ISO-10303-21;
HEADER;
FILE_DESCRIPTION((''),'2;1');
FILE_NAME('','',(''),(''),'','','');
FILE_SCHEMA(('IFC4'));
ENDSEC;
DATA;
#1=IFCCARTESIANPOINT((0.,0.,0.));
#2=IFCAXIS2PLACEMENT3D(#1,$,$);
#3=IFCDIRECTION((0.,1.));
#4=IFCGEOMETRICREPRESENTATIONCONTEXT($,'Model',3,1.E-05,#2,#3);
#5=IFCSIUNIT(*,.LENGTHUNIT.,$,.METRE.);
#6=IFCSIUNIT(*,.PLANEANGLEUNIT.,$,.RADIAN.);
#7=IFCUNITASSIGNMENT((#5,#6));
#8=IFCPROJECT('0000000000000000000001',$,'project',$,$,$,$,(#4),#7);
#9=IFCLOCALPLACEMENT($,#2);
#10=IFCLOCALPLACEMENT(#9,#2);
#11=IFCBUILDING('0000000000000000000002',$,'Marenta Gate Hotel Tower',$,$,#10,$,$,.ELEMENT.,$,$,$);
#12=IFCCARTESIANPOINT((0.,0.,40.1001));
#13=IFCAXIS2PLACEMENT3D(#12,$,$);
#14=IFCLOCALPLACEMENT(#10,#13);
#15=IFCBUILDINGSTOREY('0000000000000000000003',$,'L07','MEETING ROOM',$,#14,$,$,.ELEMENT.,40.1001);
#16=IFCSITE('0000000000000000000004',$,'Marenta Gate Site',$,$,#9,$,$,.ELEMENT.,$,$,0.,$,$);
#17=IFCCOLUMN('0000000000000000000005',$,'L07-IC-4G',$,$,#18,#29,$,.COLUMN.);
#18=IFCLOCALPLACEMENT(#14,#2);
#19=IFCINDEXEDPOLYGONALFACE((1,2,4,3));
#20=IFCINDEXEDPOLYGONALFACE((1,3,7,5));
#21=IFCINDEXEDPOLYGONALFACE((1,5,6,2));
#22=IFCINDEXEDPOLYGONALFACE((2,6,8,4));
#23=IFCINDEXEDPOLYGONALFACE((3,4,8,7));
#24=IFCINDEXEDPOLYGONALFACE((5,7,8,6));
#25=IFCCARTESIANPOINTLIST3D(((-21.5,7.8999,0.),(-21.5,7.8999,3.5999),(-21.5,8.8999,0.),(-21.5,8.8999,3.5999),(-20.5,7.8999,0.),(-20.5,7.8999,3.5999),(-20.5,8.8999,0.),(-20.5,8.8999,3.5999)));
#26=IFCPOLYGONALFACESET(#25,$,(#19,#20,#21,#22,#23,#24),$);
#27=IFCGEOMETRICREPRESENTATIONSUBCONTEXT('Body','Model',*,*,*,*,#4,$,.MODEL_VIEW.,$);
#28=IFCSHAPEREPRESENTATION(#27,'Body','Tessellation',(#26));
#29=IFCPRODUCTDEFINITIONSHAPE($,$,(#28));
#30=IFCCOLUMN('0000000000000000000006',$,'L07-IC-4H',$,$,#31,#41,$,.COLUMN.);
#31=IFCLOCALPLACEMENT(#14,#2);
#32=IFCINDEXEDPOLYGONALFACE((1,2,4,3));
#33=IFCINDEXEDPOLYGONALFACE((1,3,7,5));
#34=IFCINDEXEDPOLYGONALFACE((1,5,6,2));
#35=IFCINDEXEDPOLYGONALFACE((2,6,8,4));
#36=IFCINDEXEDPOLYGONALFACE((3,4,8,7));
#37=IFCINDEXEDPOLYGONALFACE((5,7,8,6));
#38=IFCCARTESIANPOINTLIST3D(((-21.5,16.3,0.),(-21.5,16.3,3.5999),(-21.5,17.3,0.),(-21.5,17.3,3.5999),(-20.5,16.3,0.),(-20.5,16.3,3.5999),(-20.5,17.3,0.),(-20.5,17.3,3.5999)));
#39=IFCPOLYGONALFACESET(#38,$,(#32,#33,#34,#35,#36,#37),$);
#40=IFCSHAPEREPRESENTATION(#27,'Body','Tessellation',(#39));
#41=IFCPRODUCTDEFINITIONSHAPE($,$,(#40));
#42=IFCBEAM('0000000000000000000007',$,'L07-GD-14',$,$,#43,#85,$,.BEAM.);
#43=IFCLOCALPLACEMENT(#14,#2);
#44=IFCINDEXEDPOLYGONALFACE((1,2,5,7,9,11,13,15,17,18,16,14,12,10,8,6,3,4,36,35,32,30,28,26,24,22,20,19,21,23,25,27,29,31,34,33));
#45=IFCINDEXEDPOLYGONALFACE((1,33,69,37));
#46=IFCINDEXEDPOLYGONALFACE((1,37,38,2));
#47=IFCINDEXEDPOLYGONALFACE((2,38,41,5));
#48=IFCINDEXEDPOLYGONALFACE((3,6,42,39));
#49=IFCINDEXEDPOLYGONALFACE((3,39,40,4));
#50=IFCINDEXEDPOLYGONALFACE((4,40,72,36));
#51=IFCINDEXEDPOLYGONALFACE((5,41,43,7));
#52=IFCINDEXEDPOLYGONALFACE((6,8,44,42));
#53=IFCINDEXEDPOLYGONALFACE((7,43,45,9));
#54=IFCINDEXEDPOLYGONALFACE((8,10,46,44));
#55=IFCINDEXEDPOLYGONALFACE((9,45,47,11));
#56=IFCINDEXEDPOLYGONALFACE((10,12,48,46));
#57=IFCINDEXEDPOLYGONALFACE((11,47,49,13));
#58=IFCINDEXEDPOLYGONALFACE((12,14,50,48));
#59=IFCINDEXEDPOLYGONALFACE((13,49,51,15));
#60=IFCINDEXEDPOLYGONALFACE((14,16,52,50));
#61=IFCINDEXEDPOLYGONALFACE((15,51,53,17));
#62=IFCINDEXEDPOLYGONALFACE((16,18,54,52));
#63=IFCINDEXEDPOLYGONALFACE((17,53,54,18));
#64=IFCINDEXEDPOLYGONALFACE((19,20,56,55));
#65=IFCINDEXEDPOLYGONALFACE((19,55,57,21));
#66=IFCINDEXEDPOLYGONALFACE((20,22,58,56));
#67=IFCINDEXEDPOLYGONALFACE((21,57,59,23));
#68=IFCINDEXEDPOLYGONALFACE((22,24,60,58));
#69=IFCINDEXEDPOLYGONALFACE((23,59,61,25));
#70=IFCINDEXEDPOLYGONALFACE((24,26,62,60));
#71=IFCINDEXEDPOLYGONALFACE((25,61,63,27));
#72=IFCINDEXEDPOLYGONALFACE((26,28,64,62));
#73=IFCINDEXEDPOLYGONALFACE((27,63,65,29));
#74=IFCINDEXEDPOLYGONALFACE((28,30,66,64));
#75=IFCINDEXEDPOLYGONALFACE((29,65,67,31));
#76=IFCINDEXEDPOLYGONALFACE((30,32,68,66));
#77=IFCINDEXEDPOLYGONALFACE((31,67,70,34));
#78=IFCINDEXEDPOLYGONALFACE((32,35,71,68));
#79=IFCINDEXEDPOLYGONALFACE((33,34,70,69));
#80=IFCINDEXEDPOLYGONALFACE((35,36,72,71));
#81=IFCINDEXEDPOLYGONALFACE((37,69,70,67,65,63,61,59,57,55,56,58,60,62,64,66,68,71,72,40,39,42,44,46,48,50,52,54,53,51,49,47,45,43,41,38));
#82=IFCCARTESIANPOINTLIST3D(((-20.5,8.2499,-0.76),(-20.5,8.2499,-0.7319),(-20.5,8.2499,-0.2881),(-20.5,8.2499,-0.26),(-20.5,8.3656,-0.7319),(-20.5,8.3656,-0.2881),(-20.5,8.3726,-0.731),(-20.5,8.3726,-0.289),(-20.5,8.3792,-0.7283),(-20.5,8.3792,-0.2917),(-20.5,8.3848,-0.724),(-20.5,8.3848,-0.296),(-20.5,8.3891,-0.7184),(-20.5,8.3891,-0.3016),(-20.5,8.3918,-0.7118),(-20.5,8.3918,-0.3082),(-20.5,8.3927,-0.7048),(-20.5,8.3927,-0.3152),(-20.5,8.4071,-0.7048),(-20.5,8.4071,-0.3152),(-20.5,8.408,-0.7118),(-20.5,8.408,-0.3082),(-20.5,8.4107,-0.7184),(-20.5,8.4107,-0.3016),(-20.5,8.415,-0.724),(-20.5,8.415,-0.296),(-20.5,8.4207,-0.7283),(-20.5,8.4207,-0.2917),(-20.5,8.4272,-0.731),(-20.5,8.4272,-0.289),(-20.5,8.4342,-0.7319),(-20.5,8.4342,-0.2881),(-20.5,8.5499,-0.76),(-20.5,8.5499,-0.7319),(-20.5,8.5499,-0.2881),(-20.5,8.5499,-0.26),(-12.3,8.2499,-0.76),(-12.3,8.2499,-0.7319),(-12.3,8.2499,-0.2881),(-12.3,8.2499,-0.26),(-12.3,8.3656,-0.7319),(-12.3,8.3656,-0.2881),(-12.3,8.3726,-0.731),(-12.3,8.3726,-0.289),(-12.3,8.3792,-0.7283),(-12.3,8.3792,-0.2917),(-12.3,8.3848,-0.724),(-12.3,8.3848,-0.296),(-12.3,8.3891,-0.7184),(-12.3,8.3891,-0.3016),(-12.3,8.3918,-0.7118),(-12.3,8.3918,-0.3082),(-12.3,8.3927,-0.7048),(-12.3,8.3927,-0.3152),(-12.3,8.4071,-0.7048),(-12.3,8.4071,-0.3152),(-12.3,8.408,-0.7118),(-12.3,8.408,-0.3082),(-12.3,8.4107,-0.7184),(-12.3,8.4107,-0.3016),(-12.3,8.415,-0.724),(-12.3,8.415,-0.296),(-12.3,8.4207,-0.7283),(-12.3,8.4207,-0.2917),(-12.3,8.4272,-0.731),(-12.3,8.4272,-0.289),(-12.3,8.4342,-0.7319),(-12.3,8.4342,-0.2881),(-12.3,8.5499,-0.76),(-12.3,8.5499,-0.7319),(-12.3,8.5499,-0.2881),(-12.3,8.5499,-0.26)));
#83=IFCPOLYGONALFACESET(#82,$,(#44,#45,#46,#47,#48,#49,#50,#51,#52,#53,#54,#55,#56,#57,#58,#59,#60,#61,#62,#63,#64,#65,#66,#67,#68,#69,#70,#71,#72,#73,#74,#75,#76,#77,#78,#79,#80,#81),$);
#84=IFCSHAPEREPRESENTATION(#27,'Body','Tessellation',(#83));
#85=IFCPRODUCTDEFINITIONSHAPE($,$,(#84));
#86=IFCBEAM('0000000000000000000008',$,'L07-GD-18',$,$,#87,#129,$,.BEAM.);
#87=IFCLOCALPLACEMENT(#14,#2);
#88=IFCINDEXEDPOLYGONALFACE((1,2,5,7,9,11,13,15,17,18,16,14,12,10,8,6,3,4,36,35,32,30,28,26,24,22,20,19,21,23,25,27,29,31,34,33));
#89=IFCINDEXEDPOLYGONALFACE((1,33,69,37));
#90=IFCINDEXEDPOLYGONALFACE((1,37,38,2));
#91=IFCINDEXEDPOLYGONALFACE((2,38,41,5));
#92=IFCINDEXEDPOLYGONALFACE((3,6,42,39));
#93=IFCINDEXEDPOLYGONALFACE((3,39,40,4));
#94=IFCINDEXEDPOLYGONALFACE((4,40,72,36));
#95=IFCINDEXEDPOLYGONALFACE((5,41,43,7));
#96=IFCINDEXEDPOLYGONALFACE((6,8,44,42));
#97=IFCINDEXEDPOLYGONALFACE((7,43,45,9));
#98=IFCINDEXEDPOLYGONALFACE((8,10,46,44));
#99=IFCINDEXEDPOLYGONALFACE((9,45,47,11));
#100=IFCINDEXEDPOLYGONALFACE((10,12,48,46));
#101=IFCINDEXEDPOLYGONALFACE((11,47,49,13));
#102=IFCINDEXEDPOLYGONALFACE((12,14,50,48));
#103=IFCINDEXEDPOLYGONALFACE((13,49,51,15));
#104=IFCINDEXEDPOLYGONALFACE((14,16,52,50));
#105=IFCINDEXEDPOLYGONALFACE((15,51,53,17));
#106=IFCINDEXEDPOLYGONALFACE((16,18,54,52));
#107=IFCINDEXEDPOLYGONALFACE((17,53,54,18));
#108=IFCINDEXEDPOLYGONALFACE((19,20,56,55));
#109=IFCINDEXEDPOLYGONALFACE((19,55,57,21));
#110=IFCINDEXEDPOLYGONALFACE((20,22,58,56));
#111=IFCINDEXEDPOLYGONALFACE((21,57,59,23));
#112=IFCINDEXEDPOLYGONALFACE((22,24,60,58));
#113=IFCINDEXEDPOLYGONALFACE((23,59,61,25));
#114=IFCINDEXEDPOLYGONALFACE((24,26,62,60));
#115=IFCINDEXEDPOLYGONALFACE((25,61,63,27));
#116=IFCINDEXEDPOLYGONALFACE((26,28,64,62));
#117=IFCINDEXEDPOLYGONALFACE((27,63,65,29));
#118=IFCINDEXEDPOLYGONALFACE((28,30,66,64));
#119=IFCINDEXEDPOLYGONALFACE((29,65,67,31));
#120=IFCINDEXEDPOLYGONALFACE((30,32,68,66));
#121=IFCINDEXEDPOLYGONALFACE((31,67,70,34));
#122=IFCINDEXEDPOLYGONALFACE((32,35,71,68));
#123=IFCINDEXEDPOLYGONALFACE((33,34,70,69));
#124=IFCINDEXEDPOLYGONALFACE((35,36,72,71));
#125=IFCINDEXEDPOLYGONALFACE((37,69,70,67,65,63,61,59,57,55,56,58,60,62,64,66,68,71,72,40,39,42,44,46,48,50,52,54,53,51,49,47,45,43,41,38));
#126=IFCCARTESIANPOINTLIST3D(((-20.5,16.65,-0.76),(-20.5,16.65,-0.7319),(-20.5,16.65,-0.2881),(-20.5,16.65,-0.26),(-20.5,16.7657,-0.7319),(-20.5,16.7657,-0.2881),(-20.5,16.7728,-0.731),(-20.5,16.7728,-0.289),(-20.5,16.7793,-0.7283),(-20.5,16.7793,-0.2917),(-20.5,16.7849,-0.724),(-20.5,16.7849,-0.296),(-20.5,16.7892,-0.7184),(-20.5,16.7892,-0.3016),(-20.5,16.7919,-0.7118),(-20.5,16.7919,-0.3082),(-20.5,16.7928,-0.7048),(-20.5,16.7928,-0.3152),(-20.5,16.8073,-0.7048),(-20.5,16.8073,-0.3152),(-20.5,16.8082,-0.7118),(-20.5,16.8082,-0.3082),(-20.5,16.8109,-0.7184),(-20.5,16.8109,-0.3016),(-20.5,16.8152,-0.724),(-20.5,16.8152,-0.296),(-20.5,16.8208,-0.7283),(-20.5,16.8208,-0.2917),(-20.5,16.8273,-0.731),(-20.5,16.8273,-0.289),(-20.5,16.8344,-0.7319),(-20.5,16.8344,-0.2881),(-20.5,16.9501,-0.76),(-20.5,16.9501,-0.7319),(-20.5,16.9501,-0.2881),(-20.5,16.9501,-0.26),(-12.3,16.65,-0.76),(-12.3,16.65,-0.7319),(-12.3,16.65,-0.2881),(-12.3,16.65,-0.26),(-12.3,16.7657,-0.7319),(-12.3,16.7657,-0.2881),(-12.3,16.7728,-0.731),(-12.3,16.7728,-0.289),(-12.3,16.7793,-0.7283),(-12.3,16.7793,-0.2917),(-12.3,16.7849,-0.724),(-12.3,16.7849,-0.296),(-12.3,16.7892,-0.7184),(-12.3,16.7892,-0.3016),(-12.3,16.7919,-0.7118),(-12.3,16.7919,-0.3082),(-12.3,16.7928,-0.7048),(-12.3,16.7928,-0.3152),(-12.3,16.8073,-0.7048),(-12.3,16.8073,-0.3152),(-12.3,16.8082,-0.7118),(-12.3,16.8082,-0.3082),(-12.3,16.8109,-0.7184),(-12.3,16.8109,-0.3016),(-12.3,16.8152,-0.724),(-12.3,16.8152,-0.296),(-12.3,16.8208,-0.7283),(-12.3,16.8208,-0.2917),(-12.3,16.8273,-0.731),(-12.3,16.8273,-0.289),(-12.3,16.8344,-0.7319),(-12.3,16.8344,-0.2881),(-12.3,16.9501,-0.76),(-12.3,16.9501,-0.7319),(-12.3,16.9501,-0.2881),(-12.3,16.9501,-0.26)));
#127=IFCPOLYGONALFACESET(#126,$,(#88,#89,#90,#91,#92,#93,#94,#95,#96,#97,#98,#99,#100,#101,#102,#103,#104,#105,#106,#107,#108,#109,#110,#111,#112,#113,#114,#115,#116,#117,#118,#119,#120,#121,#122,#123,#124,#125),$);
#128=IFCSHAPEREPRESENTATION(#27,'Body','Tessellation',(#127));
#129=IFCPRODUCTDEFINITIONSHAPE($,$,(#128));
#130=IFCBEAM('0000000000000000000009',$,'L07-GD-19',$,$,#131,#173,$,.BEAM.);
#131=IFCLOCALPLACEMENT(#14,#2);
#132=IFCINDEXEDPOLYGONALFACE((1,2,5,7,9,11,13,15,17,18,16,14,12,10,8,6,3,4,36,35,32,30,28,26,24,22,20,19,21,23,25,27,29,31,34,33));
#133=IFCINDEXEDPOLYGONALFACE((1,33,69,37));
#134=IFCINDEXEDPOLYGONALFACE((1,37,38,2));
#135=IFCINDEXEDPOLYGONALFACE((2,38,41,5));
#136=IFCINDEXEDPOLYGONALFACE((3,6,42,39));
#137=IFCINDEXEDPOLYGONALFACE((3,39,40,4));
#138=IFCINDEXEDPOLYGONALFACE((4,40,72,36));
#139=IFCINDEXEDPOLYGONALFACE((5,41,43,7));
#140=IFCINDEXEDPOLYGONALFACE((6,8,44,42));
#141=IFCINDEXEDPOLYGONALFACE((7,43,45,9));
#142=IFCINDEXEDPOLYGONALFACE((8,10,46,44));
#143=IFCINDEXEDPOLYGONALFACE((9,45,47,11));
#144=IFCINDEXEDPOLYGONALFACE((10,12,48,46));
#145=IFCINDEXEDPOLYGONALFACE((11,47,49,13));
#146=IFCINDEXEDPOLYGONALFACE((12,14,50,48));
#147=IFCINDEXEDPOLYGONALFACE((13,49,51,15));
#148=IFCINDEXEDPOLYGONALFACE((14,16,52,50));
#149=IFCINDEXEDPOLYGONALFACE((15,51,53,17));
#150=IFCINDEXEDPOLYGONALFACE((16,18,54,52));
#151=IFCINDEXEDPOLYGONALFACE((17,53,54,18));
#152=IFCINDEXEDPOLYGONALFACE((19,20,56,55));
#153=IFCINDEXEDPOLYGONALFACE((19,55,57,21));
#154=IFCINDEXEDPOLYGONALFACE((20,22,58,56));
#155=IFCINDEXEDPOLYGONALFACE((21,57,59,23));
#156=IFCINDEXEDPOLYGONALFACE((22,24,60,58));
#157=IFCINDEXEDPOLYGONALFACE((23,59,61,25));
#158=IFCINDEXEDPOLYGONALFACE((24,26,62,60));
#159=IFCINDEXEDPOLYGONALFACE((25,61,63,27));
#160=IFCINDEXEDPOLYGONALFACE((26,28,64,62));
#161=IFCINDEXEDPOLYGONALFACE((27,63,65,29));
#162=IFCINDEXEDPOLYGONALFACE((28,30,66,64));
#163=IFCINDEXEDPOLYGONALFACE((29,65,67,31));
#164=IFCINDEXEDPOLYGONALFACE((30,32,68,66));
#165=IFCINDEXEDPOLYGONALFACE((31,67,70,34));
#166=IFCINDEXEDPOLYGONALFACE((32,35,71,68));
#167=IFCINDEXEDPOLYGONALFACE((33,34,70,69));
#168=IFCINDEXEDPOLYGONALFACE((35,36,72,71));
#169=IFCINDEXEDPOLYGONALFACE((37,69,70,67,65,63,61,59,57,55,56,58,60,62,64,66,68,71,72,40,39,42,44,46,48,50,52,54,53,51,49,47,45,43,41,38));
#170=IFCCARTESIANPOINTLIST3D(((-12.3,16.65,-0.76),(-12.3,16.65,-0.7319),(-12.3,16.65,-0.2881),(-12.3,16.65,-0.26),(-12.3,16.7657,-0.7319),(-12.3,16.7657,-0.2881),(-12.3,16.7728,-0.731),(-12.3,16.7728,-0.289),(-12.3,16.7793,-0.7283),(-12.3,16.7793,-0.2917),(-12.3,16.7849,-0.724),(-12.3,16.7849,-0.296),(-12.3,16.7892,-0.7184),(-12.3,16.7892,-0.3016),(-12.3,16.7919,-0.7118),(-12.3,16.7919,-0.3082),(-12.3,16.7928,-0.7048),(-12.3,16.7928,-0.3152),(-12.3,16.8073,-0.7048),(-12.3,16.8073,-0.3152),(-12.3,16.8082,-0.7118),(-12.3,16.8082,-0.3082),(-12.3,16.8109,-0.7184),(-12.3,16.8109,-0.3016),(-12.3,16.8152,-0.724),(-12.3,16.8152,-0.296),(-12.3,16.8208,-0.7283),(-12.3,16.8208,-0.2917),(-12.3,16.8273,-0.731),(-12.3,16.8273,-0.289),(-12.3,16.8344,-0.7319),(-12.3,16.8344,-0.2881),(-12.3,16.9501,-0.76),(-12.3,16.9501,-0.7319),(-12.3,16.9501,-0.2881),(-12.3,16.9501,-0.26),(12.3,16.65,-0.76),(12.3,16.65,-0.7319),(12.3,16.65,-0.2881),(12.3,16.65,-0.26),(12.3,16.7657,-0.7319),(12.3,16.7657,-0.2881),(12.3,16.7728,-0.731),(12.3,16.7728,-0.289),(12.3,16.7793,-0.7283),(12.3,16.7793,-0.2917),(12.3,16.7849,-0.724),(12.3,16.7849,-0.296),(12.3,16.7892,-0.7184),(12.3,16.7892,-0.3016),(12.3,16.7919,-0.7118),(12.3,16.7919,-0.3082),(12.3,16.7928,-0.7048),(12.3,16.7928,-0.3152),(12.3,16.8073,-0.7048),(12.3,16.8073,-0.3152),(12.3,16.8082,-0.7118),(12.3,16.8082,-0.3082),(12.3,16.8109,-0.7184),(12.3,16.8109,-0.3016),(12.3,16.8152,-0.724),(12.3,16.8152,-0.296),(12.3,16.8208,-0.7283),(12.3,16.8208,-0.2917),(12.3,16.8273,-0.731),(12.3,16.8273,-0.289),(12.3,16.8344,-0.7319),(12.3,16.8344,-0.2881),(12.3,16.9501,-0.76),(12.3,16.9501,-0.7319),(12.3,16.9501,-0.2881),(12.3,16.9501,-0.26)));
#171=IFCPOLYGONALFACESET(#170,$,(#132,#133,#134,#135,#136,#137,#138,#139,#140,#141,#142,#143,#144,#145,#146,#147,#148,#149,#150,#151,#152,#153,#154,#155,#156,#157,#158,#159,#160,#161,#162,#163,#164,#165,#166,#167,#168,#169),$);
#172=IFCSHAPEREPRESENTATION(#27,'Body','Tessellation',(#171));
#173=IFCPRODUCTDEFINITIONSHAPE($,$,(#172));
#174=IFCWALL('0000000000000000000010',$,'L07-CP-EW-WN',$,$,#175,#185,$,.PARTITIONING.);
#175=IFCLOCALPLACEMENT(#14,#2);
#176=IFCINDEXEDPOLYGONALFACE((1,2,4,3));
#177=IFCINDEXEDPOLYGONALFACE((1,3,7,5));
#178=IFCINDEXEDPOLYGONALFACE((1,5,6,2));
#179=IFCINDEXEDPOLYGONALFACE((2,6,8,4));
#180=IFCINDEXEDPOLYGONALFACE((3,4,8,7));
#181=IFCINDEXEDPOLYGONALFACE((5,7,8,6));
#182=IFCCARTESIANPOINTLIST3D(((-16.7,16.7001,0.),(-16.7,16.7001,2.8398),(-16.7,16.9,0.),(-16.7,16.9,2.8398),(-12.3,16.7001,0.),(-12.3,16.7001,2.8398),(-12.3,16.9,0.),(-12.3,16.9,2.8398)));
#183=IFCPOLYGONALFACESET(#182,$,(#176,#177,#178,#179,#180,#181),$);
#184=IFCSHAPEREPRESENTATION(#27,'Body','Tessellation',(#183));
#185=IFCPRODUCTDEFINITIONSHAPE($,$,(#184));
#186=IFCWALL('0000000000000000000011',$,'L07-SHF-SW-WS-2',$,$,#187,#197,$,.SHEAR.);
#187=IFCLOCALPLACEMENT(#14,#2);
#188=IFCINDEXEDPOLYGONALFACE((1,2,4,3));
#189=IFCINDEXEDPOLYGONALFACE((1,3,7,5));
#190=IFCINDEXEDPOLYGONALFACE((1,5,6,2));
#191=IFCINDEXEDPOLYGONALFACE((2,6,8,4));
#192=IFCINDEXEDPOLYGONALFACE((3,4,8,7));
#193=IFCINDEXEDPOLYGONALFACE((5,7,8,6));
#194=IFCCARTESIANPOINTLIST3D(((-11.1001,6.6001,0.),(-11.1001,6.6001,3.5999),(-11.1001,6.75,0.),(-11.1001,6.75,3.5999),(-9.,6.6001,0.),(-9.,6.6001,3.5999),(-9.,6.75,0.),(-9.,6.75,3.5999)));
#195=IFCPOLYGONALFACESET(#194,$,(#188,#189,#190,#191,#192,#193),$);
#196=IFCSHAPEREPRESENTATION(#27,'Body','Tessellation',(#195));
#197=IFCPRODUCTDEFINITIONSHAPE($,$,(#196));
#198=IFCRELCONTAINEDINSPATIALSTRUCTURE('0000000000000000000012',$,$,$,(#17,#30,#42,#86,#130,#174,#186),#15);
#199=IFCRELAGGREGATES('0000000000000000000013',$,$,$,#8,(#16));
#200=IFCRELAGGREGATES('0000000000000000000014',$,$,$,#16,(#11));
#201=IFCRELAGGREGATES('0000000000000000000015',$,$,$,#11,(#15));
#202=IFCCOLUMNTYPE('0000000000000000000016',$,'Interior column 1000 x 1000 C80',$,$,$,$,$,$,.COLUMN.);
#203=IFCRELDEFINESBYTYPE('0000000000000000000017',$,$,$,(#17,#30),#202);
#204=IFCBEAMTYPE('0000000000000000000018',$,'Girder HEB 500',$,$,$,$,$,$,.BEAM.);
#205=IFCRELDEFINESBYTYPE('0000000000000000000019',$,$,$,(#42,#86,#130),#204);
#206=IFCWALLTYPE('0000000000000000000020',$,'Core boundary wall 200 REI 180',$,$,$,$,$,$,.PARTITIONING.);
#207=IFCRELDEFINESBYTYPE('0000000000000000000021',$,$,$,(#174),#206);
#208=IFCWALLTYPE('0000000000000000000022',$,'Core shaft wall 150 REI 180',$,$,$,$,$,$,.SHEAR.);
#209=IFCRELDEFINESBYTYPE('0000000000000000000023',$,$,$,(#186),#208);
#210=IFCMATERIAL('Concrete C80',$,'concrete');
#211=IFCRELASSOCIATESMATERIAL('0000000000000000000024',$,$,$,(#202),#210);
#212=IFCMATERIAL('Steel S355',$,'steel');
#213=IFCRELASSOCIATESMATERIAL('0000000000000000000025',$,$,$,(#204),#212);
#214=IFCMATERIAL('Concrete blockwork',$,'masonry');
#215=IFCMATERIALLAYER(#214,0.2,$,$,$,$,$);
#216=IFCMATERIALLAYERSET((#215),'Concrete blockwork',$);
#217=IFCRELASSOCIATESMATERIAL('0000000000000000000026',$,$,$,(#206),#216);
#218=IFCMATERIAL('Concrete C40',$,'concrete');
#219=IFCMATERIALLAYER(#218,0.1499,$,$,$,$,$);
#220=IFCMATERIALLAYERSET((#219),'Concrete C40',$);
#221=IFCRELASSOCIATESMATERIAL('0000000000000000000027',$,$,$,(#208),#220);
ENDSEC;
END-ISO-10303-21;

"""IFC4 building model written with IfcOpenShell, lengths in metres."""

from ifc_helpers import new_model, si_unit, direction, frame, frame_2d, origin, origin_2d, place, context, subcontext, project, spatial, rectangle, i_section, extrude, material, layer, layer_set, material_profile, profile_set, type_object, element, save


model = new_model("IFC4")

# Units and contexts
model_context = context("Model", 3, precision=1e-05, world=origin(), true_north=direction((0.0, 1.0)))
body_context = subcontext(model_context, "Body", "Model", "MODEL_VIEW")
ifc_project = project(units=[si_unit("LENGTHUNIT", "METRE"), si_unit("PLANEANGLEUNIT", "RADIAN")], contexts=[model_context])

# Site, building, storey
site_placement = place(None, origin())
site = spatial("IfcSite", under=ifc_project, at=site_placement, Name="Marenta Gate Site", CompositionType="ELEMENT", RefElevation=0.0)
building_placement = place(site_placement, origin())
building = spatial("IfcBuilding", under=site, at=building_placement, Name="Marenta Gate Hotel Tower", CompositionType="ELEMENT")
storey_placement = place(building_placement, frame((0.0, 0.0, 40.1001)))
storey = spatial("IfcBuildingStorey", under=building, at=storey_placement, Name="L07", Description="MEETING ROOM", CompositionType="ELEMENT", Elevation=40.1001)

# Columns
ifc_material_1 = material(Name="Concrete C80", Category="concrete")
ifc_material_profile_1 = material_profile(ifc_material_1, rectangle(XDim=1.0, YDim=1.0, at=origin_2d()), Name="1000 x 1000")
ifc_profile_set_1 = profile_set([ifc_material_profile_1], Name="Concrete C80")
column_type = type_object("IfcColumnType", Name="Interior column 1000 x 1000 C80", PredefinedType="COLUMN", material=ifc_profile_set_1)
for number, where, z_axis, x_axis, name in (
    (1, (-21.0, 8.3999, 0.0), (0.0, 0.0, 1.0), (1.0, 0.0, 0.0), "L07-IC-4G"),
    (2, (-21.0, 16.8, 0.0), (0.0, 0.0, 1.0), (1.0, 0.0, 0.0), "L07-IC-4H"),
):
    element("IfcColumn", number, at=place(storey_placement, frame(where, z_axis=z_axis, x_axis=x_axis)), inside=storey, type_object=column_type, Name=name, PredefinedType="COLUMN", context=body_context, shape_type="SweptSolid", body=[
        extrude(rectangle(XDim=1.0, YDim=1.0, at=origin_2d()), origin(), (0.0, 0.0, 1.0), 3.5999),
    ])

# Beams
ifc_material_2 = material(Name="Steel S355", Category="steel")
ifc_material_profile_2 = material_profile(ifc_material_2, i_section(OverallWidth=0.3, OverallDepth=0.5, WebThickness=0.0144, FlangeThickness=0.0281, FilletRadius=0.0271, at=origin_2d()), Name="HEB 500")
ifc_profile_set_2 = profile_set([ifc_material_profile_2], Name="Steel S355")
beam_type = type_object("IfcBeamType", Name="Girder HEB 500", PredefinedType="BEAM", material=ifc_profile_set_2)
for number, where, z_axis, x_axis, name in (
    (3, (-20.5, 8.3999, -0.51), (1.0, 0.0, 0.0), (0.0, 1.0, 0.0), "L07-GD-14"),
    (4, (-20.5, 16.8, -0.51), (1.0, 0.0, 0.0), (0.0, 1.0, 0.0), "L07-GD-18"),
):
    element("IfcBeam", number, at=place(storey_placement, frame(where, z_axis=z_axis, x_axis=x_axis)), inside=storey, type_object=beam_type, Name=name, PredefinedType="BEAM", context=body_context, shape_type="SweptSolid", body=[
        extrude(i_section(OverallWidth=0.3, OverallDepth=0.5, WebThickness=0.0144, FlangeThickness=0.0281, FilletRadius=0.0271, at=origin_2d()), origin(), (0.0, 0.0, 1.0), 8.2),
    ])
beam_placement = place(storey_placement, frame((-12.3, 16.8, -0.51), z_axis=(1.0, 0.0, 0.0), x_axis=(0.0, 1.0, 0.0)))
element("IfcBeam", 5, at=beam_placement, inside=storey, type_object=beam_type, Name="L07-GD-19", PredefinedType="BEAM", context=body_context, shape_type="SweptSolid", body=[
    extrude(i_section(OverallWidth=0.3, OverallDepth=0.5, WebThickness=0.0144, FlangeThickness=0.0281, FilletRadius=0.0271, at=origin_2d()), origin(), (0.0, 0.0, 1.0), 24.6001),
])

# Walls
ifc_material_3 = material(Name="Concrete blockwork", Category="masonry")
ifc_layer_1 = layer(ifc_material_3, 0.2)
ifc_layer_set_1 = layer_set([ifc_layer_1], Name="Concrete blockwork")
wall_type_1 = type_object("IfcWallType", Name="Core boundary wall 200 REI 180", PredefinedType="PARTITIONING", material=ifc_layer_set_1)
wall_1_placement = place(storey_placement, frame((-16.7, 16.8, 0.0), z_axis=(0.0, 0.0, 1.0), x_axis=(1.0, 0.0, 0.0)))
element("IfcWall", 6, at=wall_1_placement, inside=storey, type_object=wall_type_1, Name="L07-CP-EW-WN", PredefinedType="PARTITIONING", context=body_context, shape_type="SweptSolid", body=[
    extrude(rectangle(XDim=4.3999, YDim=0.2, at=frame_2d((2.2, 0.0))), origin(), (0.0, 0.0, 1.0), 2.8398),
])
ifc_material_4 = material(Name="Concrete C40", Category="concrete")
ifc_layer_2 = layer(ifc_material_4, 0.1499)
ifc_layer_set_2 = layer_set([ifc_layer_2], Name="Concrete C40")
wall_type_2 = type_object("IfcWallType", Name="Core shaft wall 150 REI 180", PredefinedType="SHEAR", material=ifc_layer_set_2)
for number, where, z_axis, x_axis, name in (
    (7, (-11.1001, 6.675, 0.0), (0.0, 0.0, 1.0), (1.0, 0.0, 0.0), "L07-SHF-SW-WS-2"),
):
    element("IfcWall", number, at=place(storey_placement, frame(where, z_axis=z_axis, x_axis=x_axis)), inside=storey, type_object=wall_type_2, Name=name, PredefinedType="SHEAR", context=body_context, shape_type="SweptSolid", body=[
        extrude(rectangle(XDim=2.1001, YDim=0.1499, at=frame_2d((1.05, 0.0))), origin(), (0.0, 0.0, 1.0), 3.5999),
    ])

save(model, "model.ifc")
